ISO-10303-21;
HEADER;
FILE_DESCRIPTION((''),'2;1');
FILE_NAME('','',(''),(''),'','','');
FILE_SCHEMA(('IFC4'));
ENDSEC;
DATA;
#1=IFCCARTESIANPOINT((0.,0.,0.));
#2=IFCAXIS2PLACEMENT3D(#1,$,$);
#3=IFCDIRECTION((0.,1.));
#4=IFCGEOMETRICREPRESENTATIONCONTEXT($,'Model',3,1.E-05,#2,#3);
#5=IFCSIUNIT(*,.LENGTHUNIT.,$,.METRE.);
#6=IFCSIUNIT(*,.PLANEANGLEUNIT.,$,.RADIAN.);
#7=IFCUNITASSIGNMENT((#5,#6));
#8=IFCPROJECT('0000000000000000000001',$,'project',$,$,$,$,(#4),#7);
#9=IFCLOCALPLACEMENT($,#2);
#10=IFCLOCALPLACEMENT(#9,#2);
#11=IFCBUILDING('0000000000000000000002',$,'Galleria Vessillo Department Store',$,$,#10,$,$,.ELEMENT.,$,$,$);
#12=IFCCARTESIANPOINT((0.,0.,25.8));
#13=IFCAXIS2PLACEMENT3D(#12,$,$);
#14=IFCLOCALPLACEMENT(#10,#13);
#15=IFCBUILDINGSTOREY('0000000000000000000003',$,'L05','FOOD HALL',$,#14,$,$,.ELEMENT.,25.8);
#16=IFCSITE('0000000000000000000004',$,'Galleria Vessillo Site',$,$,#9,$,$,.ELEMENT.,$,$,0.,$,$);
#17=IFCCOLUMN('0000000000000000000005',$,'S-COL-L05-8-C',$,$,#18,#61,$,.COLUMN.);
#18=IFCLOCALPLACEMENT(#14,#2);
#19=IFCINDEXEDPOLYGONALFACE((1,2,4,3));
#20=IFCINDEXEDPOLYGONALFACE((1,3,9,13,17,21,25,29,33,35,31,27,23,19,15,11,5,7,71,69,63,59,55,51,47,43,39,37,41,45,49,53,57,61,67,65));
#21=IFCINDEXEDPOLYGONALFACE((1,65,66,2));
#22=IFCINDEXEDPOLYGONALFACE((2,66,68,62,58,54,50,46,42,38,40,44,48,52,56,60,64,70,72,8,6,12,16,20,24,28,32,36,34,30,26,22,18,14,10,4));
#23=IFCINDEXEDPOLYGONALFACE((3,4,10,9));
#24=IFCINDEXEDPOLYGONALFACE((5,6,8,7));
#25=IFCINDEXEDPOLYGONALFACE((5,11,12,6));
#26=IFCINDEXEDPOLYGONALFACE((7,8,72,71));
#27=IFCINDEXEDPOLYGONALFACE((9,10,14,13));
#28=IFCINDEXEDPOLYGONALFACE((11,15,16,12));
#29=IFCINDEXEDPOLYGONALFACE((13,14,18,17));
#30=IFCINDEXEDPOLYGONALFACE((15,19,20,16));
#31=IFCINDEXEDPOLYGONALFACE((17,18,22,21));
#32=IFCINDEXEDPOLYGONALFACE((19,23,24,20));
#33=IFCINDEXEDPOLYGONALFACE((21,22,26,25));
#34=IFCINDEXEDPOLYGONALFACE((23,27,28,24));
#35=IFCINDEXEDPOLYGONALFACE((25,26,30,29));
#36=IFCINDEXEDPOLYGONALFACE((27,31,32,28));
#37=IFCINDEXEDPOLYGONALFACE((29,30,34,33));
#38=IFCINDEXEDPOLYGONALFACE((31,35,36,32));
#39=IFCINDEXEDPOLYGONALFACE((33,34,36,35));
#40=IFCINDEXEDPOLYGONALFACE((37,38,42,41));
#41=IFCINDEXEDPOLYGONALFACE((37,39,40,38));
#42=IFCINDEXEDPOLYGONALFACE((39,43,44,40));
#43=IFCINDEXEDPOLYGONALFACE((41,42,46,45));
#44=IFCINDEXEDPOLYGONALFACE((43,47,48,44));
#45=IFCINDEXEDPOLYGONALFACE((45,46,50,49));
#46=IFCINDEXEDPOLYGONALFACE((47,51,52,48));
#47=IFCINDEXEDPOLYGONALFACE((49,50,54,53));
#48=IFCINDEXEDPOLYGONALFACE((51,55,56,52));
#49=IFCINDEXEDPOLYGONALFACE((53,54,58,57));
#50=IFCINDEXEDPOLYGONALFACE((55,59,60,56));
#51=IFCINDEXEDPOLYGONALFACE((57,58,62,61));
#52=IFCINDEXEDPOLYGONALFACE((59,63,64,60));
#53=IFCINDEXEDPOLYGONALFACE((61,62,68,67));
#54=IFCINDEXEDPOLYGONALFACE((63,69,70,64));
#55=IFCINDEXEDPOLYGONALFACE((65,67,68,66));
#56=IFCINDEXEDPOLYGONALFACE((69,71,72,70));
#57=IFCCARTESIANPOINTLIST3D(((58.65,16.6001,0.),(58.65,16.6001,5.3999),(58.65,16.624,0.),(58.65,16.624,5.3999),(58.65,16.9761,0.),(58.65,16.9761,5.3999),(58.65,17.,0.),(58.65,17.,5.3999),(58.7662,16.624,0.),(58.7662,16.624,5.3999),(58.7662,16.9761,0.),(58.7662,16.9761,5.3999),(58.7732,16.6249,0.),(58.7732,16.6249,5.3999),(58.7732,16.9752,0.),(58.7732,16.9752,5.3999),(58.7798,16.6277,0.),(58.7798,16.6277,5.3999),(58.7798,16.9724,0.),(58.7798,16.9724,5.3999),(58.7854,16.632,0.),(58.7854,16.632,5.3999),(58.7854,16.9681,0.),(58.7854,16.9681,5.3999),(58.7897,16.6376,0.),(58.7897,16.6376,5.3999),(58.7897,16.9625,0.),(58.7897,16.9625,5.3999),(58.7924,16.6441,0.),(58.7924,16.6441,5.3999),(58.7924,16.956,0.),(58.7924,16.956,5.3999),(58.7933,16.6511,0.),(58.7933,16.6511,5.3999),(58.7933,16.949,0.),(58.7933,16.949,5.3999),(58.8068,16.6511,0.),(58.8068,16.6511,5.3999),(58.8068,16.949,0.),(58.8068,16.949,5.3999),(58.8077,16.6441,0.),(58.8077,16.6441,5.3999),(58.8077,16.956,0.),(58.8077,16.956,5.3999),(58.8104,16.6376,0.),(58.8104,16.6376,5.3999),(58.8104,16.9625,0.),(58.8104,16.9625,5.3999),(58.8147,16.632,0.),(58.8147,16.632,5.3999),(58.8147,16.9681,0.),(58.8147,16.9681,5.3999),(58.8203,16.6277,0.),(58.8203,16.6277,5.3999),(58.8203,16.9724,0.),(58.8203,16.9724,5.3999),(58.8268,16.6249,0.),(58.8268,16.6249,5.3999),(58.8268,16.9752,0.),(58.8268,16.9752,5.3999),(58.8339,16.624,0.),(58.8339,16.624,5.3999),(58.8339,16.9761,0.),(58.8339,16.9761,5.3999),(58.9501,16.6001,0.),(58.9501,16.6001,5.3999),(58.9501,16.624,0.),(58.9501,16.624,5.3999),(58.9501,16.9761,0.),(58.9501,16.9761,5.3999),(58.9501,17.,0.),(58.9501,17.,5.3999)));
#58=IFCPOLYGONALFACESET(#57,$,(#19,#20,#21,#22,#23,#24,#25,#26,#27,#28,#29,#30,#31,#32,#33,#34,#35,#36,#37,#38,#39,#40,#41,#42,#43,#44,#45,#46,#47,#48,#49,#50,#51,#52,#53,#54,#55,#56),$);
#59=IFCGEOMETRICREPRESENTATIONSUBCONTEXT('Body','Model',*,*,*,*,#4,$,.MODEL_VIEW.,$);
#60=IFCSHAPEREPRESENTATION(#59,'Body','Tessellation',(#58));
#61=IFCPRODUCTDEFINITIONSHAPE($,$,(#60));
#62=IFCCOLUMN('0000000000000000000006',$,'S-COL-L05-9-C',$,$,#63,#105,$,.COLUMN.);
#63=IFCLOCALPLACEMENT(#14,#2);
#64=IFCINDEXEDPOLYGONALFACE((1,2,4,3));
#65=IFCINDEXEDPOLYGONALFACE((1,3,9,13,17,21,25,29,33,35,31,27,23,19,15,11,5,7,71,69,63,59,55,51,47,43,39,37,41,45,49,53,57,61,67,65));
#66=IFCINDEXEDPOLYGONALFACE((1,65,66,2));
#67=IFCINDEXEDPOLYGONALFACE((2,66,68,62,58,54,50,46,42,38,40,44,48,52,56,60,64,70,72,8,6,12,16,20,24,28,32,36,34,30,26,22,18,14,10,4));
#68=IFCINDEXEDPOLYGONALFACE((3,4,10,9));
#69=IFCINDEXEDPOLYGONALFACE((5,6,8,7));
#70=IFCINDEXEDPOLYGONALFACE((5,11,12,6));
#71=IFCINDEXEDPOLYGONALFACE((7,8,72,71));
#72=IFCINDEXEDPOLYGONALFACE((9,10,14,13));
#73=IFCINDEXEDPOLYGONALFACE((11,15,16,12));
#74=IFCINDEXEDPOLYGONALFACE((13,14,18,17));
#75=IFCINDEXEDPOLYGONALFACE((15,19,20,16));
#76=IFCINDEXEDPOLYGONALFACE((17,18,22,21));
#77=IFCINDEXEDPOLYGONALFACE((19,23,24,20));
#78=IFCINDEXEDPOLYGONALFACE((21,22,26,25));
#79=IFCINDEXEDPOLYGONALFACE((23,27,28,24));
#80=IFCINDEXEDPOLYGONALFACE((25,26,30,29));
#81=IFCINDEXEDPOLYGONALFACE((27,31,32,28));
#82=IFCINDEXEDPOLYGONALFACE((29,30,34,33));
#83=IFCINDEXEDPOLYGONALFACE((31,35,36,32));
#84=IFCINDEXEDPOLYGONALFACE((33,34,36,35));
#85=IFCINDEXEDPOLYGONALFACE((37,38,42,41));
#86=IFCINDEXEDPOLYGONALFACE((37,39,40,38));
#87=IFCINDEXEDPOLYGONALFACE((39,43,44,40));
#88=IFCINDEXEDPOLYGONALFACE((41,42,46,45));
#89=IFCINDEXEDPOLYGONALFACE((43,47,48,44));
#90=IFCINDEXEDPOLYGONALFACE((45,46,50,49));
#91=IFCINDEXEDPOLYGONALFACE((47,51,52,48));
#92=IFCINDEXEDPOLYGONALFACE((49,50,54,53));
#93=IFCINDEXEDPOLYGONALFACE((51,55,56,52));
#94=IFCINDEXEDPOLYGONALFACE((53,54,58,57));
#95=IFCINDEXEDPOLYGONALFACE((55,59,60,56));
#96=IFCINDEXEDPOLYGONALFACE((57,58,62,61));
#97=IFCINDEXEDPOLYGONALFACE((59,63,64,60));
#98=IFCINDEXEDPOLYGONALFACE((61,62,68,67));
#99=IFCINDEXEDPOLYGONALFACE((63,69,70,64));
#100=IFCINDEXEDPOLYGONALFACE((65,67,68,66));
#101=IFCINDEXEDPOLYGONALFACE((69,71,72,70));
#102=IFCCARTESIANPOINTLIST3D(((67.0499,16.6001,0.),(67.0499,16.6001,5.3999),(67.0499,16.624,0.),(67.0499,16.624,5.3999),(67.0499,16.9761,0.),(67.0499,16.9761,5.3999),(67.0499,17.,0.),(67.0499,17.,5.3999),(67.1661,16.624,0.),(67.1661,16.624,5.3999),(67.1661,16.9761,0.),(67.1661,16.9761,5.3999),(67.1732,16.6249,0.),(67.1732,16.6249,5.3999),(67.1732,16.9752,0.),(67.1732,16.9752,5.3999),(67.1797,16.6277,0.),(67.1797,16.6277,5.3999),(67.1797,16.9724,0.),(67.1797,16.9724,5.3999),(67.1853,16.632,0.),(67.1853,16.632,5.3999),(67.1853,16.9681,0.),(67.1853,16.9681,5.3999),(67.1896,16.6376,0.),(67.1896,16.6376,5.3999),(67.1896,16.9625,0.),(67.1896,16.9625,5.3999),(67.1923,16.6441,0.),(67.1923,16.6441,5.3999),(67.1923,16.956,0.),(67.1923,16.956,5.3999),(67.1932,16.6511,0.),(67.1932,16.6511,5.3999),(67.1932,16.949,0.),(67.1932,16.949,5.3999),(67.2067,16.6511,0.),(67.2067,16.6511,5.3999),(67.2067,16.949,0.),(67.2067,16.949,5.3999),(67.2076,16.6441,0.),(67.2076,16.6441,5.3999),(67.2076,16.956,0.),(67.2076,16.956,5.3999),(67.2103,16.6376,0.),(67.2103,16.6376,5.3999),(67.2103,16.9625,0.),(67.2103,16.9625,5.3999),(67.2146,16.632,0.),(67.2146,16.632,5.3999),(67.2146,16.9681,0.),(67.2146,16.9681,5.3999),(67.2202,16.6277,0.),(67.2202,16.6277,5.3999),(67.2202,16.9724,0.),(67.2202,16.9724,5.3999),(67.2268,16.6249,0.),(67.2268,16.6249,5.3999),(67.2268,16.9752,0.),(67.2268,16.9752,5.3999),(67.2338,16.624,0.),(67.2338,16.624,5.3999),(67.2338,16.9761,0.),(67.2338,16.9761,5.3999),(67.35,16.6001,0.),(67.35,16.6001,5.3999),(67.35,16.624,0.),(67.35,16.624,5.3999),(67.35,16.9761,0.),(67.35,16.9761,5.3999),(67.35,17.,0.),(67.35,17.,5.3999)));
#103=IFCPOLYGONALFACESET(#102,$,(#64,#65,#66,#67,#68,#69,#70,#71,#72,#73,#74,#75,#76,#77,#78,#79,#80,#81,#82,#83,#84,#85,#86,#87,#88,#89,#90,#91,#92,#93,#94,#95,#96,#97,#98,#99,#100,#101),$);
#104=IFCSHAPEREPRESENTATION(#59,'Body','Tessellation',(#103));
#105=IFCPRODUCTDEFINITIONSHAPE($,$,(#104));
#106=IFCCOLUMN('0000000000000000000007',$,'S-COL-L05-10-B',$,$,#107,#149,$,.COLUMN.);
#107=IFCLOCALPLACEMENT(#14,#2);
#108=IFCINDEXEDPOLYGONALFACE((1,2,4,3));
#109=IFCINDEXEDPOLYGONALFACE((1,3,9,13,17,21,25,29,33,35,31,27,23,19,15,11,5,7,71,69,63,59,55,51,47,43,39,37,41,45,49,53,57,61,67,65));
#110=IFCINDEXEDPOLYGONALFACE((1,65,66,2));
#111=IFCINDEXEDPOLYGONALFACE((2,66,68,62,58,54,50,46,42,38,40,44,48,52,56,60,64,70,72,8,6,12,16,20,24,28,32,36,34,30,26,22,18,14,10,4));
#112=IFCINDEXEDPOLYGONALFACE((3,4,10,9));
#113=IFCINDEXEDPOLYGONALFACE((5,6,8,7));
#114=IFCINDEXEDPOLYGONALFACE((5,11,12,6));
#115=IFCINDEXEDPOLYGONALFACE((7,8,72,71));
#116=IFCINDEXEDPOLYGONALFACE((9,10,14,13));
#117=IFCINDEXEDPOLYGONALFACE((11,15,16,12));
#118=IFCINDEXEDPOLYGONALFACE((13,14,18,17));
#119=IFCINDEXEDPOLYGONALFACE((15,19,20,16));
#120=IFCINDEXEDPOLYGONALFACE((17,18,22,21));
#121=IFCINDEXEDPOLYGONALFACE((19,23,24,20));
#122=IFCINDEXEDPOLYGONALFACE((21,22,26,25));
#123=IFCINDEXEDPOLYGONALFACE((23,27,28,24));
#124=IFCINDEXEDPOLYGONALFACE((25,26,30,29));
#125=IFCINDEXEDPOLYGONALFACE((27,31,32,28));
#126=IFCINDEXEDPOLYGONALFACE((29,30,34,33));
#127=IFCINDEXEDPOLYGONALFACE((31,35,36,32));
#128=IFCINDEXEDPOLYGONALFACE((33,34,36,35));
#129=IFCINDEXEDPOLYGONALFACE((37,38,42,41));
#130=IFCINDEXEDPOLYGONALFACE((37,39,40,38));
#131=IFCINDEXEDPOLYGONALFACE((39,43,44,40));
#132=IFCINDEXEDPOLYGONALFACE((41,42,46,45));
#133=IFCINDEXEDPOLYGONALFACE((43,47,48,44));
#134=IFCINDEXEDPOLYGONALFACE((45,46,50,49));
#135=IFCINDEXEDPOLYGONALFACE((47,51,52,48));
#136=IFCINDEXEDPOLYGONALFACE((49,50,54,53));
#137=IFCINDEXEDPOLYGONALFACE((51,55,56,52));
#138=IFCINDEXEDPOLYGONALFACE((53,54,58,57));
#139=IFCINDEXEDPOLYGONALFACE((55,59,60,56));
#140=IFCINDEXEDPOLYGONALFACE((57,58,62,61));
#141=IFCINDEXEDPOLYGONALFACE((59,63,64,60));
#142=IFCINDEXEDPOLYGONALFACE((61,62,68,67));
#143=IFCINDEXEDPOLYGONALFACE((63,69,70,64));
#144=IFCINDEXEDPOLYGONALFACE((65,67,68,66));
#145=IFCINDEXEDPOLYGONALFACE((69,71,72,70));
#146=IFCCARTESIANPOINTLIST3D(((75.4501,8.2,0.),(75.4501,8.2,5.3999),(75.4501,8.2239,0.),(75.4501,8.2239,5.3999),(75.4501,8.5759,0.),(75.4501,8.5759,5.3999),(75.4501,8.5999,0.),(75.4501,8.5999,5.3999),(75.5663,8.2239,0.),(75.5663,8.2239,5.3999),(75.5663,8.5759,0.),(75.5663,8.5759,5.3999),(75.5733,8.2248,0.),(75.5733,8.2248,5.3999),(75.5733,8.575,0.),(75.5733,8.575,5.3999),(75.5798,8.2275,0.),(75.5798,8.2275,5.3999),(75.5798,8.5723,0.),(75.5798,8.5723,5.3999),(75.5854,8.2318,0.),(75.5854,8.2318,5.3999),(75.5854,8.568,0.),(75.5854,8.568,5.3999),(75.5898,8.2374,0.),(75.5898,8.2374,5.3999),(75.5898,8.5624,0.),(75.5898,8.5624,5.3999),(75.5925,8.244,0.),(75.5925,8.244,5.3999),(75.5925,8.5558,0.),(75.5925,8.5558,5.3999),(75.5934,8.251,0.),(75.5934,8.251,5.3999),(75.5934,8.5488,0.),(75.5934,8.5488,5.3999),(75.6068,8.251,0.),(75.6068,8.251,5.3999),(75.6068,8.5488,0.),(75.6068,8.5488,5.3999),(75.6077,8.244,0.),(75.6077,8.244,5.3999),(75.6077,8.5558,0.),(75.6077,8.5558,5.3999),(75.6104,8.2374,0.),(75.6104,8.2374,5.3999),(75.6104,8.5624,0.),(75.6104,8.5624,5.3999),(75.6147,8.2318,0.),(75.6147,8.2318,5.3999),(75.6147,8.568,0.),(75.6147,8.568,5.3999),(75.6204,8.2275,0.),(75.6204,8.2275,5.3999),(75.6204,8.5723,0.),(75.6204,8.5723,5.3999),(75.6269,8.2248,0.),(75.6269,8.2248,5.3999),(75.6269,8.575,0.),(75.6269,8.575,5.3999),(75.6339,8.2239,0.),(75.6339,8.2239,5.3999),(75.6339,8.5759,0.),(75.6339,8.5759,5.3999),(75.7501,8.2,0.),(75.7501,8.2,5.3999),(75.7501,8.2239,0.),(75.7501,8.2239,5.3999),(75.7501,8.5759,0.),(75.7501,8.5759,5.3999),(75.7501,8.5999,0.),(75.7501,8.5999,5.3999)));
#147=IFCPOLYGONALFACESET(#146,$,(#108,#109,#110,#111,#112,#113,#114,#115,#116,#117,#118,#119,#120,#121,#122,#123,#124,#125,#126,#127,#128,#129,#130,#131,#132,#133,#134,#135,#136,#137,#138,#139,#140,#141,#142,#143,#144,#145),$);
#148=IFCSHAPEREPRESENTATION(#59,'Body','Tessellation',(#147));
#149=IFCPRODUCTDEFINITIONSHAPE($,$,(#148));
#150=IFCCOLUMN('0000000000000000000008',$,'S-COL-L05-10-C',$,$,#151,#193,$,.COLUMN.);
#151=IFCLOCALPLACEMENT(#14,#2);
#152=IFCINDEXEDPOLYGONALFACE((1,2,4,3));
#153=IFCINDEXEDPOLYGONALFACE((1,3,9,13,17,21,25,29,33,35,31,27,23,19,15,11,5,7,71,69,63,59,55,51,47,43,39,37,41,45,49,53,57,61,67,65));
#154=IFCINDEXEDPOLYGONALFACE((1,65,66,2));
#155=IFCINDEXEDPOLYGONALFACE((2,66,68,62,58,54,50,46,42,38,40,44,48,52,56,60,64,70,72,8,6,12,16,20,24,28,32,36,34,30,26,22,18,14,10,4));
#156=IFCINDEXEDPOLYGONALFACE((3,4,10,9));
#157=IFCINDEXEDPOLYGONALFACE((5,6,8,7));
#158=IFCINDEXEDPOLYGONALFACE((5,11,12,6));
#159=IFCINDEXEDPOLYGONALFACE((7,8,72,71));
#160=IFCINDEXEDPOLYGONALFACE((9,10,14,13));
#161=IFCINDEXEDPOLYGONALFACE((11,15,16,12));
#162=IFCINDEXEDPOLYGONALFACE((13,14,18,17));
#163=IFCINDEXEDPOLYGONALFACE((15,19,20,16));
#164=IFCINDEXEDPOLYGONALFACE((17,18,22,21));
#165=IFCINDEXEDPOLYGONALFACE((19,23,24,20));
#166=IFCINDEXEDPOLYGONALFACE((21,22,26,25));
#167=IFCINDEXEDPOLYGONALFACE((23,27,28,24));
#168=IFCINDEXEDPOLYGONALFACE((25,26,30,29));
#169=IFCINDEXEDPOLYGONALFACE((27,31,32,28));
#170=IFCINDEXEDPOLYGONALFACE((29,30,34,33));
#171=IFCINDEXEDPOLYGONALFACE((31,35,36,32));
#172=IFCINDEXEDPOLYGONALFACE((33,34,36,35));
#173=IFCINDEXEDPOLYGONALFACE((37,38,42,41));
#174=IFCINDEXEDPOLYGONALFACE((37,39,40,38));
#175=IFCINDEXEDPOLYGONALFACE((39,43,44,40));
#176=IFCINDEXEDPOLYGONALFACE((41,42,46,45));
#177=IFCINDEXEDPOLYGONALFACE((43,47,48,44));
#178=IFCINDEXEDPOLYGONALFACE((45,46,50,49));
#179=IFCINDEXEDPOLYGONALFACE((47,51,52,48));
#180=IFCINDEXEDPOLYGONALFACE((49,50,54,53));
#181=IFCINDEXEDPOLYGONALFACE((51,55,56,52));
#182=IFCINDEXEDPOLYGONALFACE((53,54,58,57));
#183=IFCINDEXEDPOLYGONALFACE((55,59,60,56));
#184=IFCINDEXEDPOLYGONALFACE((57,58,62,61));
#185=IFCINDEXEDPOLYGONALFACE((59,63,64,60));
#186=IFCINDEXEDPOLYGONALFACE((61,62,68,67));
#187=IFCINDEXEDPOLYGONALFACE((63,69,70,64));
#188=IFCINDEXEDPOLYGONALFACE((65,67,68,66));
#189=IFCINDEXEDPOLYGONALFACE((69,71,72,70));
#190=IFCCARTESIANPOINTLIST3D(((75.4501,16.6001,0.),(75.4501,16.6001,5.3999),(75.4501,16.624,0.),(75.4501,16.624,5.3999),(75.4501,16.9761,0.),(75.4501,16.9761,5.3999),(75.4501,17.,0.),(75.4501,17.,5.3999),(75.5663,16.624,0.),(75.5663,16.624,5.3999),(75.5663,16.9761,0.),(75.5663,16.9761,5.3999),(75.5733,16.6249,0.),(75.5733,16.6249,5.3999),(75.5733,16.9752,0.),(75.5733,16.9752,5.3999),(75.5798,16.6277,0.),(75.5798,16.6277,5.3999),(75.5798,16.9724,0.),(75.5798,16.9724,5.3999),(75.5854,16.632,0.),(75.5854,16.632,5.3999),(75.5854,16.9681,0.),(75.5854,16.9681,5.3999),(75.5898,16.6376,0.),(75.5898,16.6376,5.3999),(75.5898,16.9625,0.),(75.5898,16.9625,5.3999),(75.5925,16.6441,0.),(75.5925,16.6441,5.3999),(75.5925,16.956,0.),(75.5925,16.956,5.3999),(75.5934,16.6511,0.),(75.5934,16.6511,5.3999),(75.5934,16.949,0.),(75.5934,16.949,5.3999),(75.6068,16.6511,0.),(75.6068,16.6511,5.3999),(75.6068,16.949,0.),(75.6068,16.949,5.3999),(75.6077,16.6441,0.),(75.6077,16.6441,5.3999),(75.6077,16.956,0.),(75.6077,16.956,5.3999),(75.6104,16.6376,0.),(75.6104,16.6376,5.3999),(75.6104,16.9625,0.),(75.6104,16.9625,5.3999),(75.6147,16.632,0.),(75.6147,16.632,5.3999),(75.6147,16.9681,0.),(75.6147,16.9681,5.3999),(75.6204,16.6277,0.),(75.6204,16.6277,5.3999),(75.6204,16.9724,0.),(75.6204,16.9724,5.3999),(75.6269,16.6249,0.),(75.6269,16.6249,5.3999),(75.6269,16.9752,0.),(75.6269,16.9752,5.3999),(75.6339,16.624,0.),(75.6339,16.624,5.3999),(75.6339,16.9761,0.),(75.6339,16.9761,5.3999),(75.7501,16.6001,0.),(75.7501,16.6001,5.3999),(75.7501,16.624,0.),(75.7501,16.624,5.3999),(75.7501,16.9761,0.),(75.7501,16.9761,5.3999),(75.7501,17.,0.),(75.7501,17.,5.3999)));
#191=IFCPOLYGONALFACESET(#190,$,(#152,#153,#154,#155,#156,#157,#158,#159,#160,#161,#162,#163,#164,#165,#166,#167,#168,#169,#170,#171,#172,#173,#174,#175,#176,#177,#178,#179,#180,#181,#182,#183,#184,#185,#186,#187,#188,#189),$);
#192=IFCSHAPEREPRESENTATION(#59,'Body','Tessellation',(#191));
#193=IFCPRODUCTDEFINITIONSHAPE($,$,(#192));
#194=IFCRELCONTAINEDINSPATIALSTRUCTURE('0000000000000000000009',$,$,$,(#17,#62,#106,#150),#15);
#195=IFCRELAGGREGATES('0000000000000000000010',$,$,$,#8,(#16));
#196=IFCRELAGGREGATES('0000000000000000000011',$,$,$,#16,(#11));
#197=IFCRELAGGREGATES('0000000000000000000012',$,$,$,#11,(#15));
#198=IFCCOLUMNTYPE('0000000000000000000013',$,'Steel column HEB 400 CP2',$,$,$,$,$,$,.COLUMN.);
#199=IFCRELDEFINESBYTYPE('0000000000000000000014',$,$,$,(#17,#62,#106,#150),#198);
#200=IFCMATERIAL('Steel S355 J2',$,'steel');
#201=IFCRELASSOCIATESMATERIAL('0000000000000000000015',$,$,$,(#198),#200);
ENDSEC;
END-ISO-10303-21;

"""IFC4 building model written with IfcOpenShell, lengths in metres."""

from ifc_helpers import new_model, si_unit, direction, frame, origin, origin_2d, place, context, subcontext, project, spatial, i_section, extrude, material, material_profile, profile_set, type_object, element, save


model = new_model("IFC4")

# Units and contexts
model_context = context("Model", 3, precision=1e-05, world=origin(), true_north=direction((0.0, 1.0)))
body_context = subcontext(model_context, "Body", "Model", "MODEL_VIEW")
ifc_project = project(units=[si_unit("LENGTHUNIT", "METRE"), si_unit("PLANEANGLEUNIT", "RADIAN")], contexts=[model_context])

# Site, building, storey
site_placement = place(None, origin())
site = spatial("IfcSite", under=ifc_project, at=site_placement, Name="Galleria Vessillo Site", CompositionType="ELEMENT", RefElevation=0.0)
building_placement = place(site_placement, origin())
building = spatial("IfcBuilding", under=site, at=building_placement, Name="Galleria Vessillo Department Store", CompositionType="ELEMENT")
storey_placement = place(building_placement, frame((0.0, 0.0, 25.8)))
storey = spatial("IfcBuildingStorey", under=building, at=storey_placement, Name="L05", Description="FOOD HALL", CompositionType="ELEMENT", Elevation=25.8)

# Columns
ifc_material_1 = material(Name="Steel S355 J2", Category="steel")
ifc_material_profile_1 = material_profile(ifc_material_1, i_section(OverallWidth=0.3, OverallDepth=0.3999, WebThickness=0.0134, FlangeThickness=0.0239, FilletRadius=0.0271, at=origin_2d()), Name="HEB 400")
ifc_profile_set_1 = profile_set([ifc_material_profile_1], Name="Steel S355 J2")
column_type = type_object("IfcColumnType", Name="Steel column HEB 400 CP2", PredefinedType="COLUMN", material=ifc_profile_set_1)
for number, where, z_axis, x_axis, name in (
    (1, (58.8, 16.8, 0.0), (0.0, 0.0, 1.0), (1.0, 0.0, 0.0), "S-COL-L05-8-C"),
    (2, (67.2, 16.8, 0.0), (0.0, 0.0, 1.0), (1.0, 0.0, 0.0), "S-COL-L05-9-C"),
    (3, (75.6001, 8.3999, 0.0), (0.0, 0.0, 1.0), (1.0, 0.0, 0.0), "S-COL-L05-10-B"),
    (4, (75.6001, 16.8, 0.0), (0.0, 0.0, 1.0), (1.0, 0.0, 0.0), "S-COL-L05-10-C"),
):
    element("IfcColumn", number, at=place(storey_placement, frame(where, z_axis=z_axis, x_axis=x_axis)), inside=storey, type_object=column_type, Name=name, PredefinedType="COLUMN", context=body_context, shape_type="SweptSolid", body=[
        extrude(i_section(OverallWidth=0.3, OverallDepth=0.3999, WebThickness=0.0134, FlangeThickness=0.0239, FilletRadius=0.0271, at=origin_2d()), origin(), (0.0, 0.0, 1.0), 5.3999),
    ])

save(model, "model.ifc")
